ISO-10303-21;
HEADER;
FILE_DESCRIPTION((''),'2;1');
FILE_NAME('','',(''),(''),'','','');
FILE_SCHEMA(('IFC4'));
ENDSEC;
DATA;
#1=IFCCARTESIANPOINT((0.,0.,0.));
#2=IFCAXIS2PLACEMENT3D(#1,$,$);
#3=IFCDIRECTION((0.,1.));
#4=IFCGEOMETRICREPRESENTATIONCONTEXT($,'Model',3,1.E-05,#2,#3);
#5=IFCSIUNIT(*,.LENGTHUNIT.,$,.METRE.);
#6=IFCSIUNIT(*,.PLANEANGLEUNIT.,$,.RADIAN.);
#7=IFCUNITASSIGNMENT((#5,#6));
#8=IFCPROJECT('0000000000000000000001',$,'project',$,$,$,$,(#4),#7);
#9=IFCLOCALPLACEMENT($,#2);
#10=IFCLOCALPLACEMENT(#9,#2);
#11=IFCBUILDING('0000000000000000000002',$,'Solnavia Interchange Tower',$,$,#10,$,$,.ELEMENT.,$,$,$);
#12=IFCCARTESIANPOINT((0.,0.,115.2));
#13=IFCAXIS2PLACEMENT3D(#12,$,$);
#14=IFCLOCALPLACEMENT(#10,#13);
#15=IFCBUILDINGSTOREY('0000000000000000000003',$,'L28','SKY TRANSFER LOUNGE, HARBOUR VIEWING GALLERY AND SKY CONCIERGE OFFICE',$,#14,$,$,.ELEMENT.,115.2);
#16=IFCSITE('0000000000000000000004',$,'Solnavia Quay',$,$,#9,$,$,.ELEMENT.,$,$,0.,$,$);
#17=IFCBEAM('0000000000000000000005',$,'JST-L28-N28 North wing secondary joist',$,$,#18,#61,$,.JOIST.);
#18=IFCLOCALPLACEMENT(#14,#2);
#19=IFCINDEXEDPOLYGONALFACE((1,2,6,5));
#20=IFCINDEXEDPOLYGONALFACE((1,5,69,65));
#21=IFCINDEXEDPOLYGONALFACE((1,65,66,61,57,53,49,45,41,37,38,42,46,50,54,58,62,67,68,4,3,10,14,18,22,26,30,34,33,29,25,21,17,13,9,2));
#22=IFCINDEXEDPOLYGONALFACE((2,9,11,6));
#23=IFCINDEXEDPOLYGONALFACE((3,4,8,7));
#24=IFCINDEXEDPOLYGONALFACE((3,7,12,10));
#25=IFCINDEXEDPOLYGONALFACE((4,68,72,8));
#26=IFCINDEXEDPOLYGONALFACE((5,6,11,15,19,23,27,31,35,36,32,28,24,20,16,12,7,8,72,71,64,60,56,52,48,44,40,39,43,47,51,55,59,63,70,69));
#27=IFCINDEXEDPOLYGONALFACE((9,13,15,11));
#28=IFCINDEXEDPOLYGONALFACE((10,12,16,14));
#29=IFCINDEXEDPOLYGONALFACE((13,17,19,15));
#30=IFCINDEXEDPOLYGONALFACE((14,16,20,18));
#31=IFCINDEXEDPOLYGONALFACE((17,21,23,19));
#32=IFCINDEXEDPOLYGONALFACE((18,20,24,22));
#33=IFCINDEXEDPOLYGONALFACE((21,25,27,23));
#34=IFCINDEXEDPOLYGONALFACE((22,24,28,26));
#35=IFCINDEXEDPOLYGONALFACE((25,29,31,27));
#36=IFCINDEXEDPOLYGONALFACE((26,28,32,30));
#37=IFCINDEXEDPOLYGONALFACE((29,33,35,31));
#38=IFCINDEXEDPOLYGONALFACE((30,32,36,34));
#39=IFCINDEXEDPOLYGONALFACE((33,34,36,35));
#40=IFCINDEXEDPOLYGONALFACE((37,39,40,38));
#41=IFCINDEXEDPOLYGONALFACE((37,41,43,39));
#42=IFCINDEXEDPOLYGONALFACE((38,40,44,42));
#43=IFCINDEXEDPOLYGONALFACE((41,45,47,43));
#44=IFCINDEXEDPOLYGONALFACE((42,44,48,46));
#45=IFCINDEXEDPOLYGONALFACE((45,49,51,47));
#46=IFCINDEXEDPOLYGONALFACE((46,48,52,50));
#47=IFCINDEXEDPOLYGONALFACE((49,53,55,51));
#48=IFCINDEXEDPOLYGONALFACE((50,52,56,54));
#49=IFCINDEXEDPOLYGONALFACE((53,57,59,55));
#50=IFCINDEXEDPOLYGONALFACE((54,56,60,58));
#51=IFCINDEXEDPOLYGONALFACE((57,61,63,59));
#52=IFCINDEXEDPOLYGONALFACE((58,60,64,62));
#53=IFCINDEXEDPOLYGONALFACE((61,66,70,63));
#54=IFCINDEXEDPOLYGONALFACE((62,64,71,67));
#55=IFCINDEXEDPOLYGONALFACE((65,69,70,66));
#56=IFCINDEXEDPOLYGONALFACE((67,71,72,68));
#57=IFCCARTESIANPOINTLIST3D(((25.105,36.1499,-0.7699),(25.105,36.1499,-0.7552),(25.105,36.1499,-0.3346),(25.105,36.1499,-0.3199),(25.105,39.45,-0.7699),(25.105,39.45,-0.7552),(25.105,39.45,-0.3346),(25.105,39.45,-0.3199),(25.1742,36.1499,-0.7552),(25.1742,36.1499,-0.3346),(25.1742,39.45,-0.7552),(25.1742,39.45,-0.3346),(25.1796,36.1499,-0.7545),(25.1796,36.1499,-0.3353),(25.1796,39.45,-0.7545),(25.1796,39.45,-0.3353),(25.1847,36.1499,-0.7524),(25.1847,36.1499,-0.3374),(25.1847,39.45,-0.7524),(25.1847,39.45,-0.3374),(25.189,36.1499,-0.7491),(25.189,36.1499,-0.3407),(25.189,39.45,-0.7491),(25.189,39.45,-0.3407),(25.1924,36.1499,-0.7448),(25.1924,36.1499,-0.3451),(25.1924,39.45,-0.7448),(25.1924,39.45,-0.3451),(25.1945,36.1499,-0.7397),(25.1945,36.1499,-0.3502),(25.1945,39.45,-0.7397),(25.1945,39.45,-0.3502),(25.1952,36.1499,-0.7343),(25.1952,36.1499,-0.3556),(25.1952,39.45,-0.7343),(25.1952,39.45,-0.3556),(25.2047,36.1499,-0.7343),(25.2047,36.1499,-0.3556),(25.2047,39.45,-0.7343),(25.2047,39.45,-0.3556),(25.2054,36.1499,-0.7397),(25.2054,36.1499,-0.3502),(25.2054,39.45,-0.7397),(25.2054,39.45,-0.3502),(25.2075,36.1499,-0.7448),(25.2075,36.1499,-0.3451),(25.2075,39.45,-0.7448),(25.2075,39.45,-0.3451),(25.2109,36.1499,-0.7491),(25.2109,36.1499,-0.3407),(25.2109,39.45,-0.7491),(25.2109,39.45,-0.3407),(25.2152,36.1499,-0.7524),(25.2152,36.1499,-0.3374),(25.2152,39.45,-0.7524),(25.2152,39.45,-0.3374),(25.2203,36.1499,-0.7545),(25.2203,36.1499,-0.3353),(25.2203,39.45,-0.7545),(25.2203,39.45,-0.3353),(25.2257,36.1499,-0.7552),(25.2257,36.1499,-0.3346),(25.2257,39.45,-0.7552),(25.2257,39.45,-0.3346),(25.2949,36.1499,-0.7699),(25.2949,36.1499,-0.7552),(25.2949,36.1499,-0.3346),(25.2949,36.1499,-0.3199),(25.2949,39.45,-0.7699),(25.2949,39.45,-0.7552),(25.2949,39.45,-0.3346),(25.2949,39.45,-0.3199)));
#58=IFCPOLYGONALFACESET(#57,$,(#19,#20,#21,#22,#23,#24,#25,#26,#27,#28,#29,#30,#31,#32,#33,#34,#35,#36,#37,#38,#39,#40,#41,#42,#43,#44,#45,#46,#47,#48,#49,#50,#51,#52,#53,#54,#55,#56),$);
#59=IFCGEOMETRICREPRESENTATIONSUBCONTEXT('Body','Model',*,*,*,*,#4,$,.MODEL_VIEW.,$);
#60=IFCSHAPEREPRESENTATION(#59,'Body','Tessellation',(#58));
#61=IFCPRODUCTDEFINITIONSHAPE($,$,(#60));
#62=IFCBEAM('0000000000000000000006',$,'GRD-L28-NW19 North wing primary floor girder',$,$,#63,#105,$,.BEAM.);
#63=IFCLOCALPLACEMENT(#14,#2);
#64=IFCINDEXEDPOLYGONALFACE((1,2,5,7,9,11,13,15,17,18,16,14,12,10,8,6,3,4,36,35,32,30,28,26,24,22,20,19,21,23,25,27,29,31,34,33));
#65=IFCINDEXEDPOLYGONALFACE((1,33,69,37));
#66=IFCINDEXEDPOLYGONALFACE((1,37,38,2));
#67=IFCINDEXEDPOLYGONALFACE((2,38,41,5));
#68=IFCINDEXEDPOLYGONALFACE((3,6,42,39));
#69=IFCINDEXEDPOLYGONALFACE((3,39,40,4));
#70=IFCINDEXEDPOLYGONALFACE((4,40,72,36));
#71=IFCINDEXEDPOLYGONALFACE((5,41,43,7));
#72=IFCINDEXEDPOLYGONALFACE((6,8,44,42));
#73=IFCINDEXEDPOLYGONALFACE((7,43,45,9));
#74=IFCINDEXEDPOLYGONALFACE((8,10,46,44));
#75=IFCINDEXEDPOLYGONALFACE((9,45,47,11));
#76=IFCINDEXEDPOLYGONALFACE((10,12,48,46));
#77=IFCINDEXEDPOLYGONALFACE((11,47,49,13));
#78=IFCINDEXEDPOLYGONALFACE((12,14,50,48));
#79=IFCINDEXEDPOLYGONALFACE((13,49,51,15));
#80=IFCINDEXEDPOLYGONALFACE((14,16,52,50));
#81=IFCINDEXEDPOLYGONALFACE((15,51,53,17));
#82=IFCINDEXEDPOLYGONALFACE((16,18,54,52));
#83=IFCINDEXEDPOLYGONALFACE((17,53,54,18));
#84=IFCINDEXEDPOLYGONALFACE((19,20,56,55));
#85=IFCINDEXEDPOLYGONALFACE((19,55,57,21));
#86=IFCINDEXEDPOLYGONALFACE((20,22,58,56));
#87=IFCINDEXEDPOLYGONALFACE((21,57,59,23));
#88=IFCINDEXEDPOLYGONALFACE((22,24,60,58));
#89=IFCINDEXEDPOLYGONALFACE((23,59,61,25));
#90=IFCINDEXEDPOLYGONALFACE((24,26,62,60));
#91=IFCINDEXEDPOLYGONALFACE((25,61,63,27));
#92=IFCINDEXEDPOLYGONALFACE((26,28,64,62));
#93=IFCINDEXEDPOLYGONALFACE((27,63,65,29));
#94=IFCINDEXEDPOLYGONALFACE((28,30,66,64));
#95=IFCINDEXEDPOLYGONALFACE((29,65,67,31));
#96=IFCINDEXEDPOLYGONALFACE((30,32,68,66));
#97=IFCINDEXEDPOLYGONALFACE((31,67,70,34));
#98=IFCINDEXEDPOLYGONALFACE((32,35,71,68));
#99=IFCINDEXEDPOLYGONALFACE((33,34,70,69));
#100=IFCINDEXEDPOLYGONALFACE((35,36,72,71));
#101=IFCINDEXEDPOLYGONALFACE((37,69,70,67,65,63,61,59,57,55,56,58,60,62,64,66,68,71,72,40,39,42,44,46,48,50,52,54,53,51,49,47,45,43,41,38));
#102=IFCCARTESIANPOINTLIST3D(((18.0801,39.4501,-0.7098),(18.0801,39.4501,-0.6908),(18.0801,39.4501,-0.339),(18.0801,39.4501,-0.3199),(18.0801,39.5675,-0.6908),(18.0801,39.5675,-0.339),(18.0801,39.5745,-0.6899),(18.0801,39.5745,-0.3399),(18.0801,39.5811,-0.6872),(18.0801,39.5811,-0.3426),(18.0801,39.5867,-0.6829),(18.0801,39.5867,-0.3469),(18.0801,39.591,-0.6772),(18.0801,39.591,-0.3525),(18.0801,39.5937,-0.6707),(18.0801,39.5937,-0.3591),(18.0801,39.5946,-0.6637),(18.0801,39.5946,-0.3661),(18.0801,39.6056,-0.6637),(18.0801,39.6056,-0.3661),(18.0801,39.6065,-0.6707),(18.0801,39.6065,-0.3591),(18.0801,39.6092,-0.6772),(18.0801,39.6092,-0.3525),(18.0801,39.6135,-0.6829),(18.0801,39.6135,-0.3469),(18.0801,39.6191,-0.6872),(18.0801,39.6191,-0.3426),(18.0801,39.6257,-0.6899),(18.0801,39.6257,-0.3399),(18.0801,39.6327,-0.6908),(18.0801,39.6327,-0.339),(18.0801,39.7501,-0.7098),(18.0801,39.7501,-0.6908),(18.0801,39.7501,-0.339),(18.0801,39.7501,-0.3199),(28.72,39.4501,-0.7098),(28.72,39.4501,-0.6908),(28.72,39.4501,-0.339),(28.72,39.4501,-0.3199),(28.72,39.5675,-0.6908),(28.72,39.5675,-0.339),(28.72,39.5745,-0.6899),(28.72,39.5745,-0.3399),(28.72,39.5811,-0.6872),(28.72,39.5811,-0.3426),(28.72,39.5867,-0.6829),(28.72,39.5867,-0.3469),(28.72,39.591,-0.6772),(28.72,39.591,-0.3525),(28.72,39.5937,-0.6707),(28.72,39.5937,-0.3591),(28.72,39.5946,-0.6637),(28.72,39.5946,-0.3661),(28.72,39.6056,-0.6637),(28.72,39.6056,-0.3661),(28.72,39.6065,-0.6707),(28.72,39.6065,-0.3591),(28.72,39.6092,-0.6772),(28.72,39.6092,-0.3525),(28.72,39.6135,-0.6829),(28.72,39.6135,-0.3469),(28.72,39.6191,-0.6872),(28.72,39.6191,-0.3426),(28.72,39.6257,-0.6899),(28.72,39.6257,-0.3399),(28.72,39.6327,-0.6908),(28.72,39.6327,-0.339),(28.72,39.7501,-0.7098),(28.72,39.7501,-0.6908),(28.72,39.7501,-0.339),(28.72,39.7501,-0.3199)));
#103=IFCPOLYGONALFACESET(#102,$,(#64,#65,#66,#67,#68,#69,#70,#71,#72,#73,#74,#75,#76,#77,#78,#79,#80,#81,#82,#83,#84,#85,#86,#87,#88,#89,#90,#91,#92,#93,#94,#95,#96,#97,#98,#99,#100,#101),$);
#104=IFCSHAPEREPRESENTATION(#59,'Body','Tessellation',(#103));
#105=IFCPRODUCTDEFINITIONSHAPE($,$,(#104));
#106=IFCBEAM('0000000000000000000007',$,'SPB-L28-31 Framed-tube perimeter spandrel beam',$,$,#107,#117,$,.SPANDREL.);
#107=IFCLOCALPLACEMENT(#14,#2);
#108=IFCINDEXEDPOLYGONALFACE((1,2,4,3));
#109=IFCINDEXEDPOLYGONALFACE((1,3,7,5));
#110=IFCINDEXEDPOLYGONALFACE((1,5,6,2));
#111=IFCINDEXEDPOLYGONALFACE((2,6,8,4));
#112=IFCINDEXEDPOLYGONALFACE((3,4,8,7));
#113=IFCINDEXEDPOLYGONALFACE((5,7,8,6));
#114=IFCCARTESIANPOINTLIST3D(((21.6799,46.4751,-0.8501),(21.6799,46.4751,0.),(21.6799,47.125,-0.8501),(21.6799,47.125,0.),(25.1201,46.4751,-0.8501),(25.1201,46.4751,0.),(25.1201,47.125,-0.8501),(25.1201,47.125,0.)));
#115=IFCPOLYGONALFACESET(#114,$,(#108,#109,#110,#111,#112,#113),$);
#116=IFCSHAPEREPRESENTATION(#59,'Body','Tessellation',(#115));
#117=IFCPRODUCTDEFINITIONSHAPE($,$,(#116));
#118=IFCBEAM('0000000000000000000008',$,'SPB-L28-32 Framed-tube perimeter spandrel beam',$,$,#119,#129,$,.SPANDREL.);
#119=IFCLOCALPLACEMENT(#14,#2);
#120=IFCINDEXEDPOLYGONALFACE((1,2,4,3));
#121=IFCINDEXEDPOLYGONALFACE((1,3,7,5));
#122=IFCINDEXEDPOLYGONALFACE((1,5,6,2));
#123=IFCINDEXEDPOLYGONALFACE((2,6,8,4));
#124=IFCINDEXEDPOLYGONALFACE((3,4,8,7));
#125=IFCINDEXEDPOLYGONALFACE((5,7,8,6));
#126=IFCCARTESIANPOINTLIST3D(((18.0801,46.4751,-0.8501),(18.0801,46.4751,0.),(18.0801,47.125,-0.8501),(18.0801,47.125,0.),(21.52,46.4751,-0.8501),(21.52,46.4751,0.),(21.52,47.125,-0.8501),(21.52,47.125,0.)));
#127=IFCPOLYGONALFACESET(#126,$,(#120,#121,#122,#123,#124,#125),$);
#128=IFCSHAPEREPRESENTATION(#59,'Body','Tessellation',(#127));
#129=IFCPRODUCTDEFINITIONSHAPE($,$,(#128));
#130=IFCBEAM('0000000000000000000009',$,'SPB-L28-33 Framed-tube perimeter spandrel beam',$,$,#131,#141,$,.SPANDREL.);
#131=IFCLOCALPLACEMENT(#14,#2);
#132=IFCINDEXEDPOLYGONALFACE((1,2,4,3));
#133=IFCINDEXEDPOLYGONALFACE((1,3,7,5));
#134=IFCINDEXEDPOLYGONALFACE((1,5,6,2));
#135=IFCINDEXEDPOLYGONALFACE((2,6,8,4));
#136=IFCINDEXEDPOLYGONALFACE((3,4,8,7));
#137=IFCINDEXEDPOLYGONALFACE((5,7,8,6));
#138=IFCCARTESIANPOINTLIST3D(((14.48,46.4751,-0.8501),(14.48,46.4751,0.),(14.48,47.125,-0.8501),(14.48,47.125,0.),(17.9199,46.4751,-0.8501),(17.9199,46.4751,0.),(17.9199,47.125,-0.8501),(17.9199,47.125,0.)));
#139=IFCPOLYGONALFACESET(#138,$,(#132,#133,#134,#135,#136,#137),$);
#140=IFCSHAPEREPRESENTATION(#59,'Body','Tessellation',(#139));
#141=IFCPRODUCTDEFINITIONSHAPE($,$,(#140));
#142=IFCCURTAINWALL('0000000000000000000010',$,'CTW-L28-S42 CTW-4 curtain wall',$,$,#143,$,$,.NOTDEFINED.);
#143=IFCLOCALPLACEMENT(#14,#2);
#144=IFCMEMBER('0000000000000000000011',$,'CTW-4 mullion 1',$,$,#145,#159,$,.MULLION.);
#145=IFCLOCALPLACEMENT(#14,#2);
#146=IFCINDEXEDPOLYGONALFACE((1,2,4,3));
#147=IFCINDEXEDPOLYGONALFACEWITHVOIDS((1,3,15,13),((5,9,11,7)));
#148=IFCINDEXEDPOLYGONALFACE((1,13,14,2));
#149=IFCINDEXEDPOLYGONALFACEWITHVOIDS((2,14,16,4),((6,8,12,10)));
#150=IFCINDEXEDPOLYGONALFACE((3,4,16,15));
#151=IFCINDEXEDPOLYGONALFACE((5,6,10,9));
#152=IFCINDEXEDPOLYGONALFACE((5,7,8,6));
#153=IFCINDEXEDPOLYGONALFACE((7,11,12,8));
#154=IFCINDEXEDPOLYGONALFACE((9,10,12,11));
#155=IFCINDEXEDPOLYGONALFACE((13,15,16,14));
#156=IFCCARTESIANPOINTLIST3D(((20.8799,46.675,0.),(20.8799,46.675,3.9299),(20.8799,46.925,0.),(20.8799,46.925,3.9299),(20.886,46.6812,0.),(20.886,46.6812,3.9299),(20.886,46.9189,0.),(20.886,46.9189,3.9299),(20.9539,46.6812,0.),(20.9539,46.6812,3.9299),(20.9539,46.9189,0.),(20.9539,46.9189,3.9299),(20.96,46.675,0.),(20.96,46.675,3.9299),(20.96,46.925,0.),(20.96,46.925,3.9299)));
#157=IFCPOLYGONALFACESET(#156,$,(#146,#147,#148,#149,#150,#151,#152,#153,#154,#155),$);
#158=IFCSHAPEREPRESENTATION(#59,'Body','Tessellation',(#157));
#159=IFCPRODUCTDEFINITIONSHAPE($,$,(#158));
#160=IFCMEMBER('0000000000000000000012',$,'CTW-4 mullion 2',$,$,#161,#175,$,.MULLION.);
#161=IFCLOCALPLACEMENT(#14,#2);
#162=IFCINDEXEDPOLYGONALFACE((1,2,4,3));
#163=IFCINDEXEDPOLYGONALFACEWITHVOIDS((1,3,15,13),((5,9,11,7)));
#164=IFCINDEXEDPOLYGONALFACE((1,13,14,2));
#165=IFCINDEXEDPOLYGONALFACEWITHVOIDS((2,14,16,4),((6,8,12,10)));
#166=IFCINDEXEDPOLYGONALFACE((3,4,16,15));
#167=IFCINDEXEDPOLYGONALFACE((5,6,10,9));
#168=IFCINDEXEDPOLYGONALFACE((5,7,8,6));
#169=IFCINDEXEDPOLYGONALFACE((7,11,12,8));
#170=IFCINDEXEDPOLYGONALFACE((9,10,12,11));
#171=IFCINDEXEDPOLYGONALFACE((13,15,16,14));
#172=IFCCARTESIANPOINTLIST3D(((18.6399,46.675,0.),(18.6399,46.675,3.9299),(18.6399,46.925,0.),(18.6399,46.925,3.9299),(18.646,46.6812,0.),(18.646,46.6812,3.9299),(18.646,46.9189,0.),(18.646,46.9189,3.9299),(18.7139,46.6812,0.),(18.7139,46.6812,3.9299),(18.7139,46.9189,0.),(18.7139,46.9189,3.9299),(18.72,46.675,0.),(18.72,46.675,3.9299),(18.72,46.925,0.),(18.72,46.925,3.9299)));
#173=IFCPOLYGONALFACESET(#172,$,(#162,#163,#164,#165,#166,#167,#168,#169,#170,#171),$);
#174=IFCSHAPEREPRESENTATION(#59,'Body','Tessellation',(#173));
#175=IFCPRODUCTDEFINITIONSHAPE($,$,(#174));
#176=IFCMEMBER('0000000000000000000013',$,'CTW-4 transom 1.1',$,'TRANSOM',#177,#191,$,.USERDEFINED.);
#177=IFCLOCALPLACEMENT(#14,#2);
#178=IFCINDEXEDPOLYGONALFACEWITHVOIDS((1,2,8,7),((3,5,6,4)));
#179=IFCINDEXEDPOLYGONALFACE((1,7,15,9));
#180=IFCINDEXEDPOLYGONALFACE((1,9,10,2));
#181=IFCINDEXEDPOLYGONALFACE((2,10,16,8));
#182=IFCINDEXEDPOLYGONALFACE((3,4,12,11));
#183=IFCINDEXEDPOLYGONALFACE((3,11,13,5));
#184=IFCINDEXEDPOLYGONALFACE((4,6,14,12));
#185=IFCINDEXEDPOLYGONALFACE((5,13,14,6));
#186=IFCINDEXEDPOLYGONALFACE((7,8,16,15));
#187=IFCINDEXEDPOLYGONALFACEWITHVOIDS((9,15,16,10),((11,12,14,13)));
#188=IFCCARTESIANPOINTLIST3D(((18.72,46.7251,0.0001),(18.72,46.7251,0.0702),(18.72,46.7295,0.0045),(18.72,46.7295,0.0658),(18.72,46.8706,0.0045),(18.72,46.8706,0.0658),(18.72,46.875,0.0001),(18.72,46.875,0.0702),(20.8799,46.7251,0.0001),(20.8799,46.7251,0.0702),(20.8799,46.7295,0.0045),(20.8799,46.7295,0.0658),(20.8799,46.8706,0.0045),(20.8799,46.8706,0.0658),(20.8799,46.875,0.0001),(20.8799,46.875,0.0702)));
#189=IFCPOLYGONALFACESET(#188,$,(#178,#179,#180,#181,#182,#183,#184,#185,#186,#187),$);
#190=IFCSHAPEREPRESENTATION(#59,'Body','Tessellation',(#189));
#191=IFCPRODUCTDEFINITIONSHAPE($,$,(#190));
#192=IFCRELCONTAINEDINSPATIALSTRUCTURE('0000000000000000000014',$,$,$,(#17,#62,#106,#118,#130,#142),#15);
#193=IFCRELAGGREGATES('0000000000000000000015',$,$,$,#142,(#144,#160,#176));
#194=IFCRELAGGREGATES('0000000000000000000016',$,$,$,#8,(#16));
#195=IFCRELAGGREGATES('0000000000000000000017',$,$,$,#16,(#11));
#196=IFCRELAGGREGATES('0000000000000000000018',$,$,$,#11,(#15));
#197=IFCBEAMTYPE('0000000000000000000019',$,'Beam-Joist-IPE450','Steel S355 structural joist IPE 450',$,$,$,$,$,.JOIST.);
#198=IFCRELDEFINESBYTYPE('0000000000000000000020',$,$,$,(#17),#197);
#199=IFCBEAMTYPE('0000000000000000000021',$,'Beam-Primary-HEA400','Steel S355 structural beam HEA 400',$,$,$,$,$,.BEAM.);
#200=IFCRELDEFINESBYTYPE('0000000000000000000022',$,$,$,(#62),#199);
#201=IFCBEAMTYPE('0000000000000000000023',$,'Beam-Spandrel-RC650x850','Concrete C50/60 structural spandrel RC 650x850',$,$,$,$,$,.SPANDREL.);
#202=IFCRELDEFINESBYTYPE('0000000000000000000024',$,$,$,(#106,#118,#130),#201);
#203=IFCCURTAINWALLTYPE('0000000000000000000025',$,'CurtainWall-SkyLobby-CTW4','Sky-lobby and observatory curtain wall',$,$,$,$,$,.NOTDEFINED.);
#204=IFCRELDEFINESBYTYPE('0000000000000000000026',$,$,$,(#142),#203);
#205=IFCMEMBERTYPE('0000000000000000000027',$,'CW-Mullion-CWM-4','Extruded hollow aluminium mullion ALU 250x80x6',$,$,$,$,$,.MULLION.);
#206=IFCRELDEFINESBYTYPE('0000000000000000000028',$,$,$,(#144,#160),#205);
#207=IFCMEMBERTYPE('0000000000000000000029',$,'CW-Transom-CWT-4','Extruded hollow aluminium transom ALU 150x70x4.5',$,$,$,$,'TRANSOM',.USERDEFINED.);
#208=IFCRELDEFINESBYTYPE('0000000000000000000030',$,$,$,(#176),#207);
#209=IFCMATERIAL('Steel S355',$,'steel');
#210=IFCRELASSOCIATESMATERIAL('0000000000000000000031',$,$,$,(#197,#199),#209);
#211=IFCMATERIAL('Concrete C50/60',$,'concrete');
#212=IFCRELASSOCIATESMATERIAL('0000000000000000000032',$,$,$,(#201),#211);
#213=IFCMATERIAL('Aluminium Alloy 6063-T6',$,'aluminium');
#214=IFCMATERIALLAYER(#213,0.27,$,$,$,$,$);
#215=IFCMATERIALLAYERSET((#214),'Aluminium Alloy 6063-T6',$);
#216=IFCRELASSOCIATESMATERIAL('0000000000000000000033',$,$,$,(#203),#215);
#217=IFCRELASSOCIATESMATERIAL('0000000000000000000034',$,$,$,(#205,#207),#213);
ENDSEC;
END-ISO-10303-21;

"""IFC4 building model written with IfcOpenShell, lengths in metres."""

from ifc_helpers import new_model, si_unit, direction, frame, origin, origin_2d, place, context, subcontext, project, spatial, rectangle, hollow_rectangle, i_section, extrude, material, layer, layer_set, material_profile, profile_set, type_object, element, aggregate, save


model = new_model("IFC4")

# Units and contexts
model_context = context("Model", 3, precision=1e-05, world=origin(), true_north=direction((0.0, 1.0)))
body_context = subcontext(model_context, "Body", "Model", "MODEL_VIEW")
ifc_project = project(units=[si_unit("LENGTHUNIT", "METRE"), si_unit("PLANEANGLEUNIT", "RADIAN")], contexts=[model_context])

# Site, building, storey
site_placement = place(None, origin())
site = spatial("IfcSite", under=ifc_project, at=site_placement, Name="Solnavia Quay", CompositionType="ELEMENT", RefElevation=0.0)
building_placement = place(site_placement, origin())
building = spatial("IfcBuilding", under=site, at=building_placement, Name="Solnavia Interchange Tower", CompositionType="ELEMENT")
storey_placement = place(building_placement, frame((0.0, 0.0, 115.2)))
storey = spatial("IfcBuildingStorey", under=building, at=storey_placement, Name="L28", Description="SKY TRANSFER LOUNGE, HARBOUR VIEWING GALLERY AND SKY CONCIERGE OFFICE", CompositionType="ELEMENT", Elevation=115.2)

# Shared definitions
ifc_material_1 = material(Name="Concrete C50/60", Category="concrete")
ifc_material_2 = material(Name="Steel S355", Category="steel")

# Beams
ifc_material_profile_1 = material_profile(ifc_material_2, i_section(OverallWidth=0.1899, OverallDepth=0.45, WebThickness=0.0095, FlangeThickness=0.0146, FilletRadius=0.021, at=origin_2d()), Name="IPE 450")
ifc_profile_set_1 = profile_set([ifc_material_profile_1], Name="Steel S355")
beam_type_1 = type_object("IfcBeamType", Name="Beam-Joist-IPE450", Description="Steel S355 structural joist IPE 450", PredefinedType="JOIST", material=ifc_profile_set_1)
for number, where, z_axis, x_axis, name in (
    (1, (25.2, 36.1499, -0.5449), (0.0, 1.0, 0.0), (-1.0, 0.0, 0.0), "JST-L28-N28 North wing secondary joist"),
):
    element("IfcBeam", number, at=place(storey_placement, frame(where, z_axis=z_axis, x_axis=x_axis)), inside=storey, type_object=beam_type_1, Name=name, PredefinedType="JOIST", context=body_context, shape_type="SweptSolid", body=[
        extrude(i_section(OverallWidth=0.1899, OverallDepth=0.45, WebThickness=0.0095, FlangeThickness=0.0146, FilletRadius=0.021, at=origin_2d()), origin(), (0.0, 0.0, 1.0), 3.3),
    ])
ifc_material_profile_2 = material_profile(ifc_material_2, i_section(OverallWidth=0.3, OverallDepth=0.3899, WebThickness=0.011, FlangeThickness=0.019, FilletRadius=0.0271, at=origin_2d()), Name="HEA 400")
ifc_profile_set_2 = profile_set([ifc_material_profile_2], Name="Steel S355")
beam_type_2 = type_object("IfcBeamType", Name="Beam-Primary-HEA400", Description="Steel S355 structural beam HEA 400", PredefinedType="BEAM", material=ifc_profile_set_2)
beam_1_placement = place(storey_placement, frame((18.0801, 39.6001, -0.5149), z_axis=(1.0, 0.0, 0.0), x_axis=(0.0, 1.0, 0.0)))
element("IfcBeam", 2, at=beam_1_placement, inside=storey, type_object=beam_type_2, Name="GRD-L28-NW19 North wing primary floor girder", PredefinedType="BEAM", context=body_context, shape_type="SweptSolid", body=[
    extrude(i_section(OverallWidth=0.3, OverallDepth=0.3899, WebThickness=0.011, FlangeThickness=0.019, FilletRadius=0.0271, at=origin_2d()), origin(), (0.0, 0.0, 1.0), 10.6399),
])
ifc_material_profile_3 = material_profile(ifc_material_1, rectangle(XDim=0.6499, YDim=0.8501, at=origin_2d()), Name="RC 650x850")
ifc_profile_set_3 = profile_set([ifc_material_profile_3], Name="Concrete C50/60")
beam_type_3 = type_object("IfcBeamType", Name="Beam-Spandrel-RC650x850", Description="Concrete C50/60 structural spandrel RC 650x850", PredefinedType="SPANDREL", material=ifc_profile_set_3)
beam_2_placement = place(storey_placement, frame((25.1201, 46.8, -0.425), z_axis=(-1.0, 0.0, 0.0), x_axis=(0.0, -1.0, 0.0)))
element("IfcBeam", 3, at=beam_2_placement, inside=storey, type_object=beam_type_3, Name="SPB-L28-31 Framed-tube perimeter spandrel beam", PredefinedType="SPANDREL", context=body_context, shape_type="SweptSolid", body=[
    extrude(rectangle(XDim=0.6499, YDim=0.8501, at=origin_2d()), origin(), (0.0, 0.0, 1.0), 3.4402),
])
for number, where, z_axis, x_axis, name in (
    (4, (21.52, 46.8, -0.425), (-1.0, 0.0, 0.0), (0.0, -1.0, 0.0), "SPB-L28-32 Framed-tube perimeter spandrel beam"),
    (5, (17.9199, 46.8, -0.425), (-1.0, 0.0, 0.0), (0.0, -1.0, 0.0), "SPB-L28-33 Framed-tube perimeter spandrel beam"),
):
    element("IfcBeam", number, at=place(storey_placement, frame(where, z_axis=z_axis, x_axis=x_axis)), inside=storey, type_object=beam_type_3, Name=name, PredefinedType="SPANDREL", context=body_context, shape_type="SweptSolid", body=[
        extrude(rectangle(XDim=0.6499, YDim=0.8501, at=origin_2d()), origin(), (0.0, 0.0, 1.0), 3.4399),
    ])

# Curtain wall, members
ifc_material_3 = material(Name="Aluminium Alloy 6063-T6", Category="aluminium")
ifc_layer_1 = layer(ifc_material_3, 0.27)
ifc_layer_set_1 = layer_set([ifc_layer_1], Name="Aluminium Alloy 6063-T6")
curtain_wall_type = type_object("IfcCurtainWallType", Name="CurtainWall-SkyLobby-CTW4", Description="Sky-lobby and observatory curtain wall", PredefinedType="NOTDEFINED", material=ifc_layer_set_1)
curtain_wall_placement = place(storey_placement, origin())
curtain_wall = element("IfcCurtainWall", 6, at=curtain_wall_placement, inside=storey, type_object=curtain_wall_type, Name="CTW-L28-S42 CTW-4 curtain wall", PredefinedType="NOTDEFINED")
ifc_material_profile_4 = material_profile(ifc_material_3, hollow_rectangle(XDim=0.0801, YDim=0.25, WallThickness=0.0061, at=origin_2d()), Name="ALU 250x80x6")
ifc_profile_set_4 = profile_set([ifc_material_profile_4], Name="Aluminium Alloy 6063-T6")
member_type_1 = type_object("IfcMemberType", Name="CW-Mullion-CWM-4", Description="Extruded hollow aluminium mullion ALU 250x80x6", PredefinedType="MULLION", material=ifc_profile_set_4)
member_1_placement = place(storey_placement, frame((20.9199, 46.8, 0.0), z_axis=(0.0, 0.0, 1.0), x_axis=(-1.0, 0.0, 0.0)))
member_1 = element("IfcMember", 7, at=member_1_placement, type_object=member_type_1, Name="CTW-4 mullion 1", PredefinedType="MULLION", context=body_context, shape_type="SweptSolid", body=[
    extrude(hollow_rectangle(XDim=0.0801, YDim=0.25, WallThickness=0.0061, at=origin_2d()), origin(), (0.0, 0.0, 1.0), 3.9299),
])
member_2_placement = place(storey_placement, frame((18.6799, 46.8, 0.0), z_axis=(0.0, 0.0, 1.0), x_axis=(-1.0, 0.0, 0.0)))
member_2 = element("IfcMember", 8, at=member_2_placement, type_object=member_type_1, Name="CTW-4 mullion 2", PredefinedType="MULLION", context=body_context, shape_type="SweptSolid", body=[
    extrude(hollow_rectangle(XDim=0.0801, YDim=0.25, WallThickness=0.0061, at=origin_2d()), origin(), (0.0, 0.0, 1.0), 3.9299),
])
ifc_material_profile_5 = material_profile(ifc_material_3, hollow_rectangle(XDim=0.0701, YDim=0.1499, WallThickness=0.0044, at=origin_2d()), Name="ALU 150x70x4.5")
ifc_profile_set_5 = profile_set([ifc_material_profile_5], Name="Aluminium Alloy 6063-T6")
member_type_2 = type_object("IfcMemberType", Name="CW-Transom-CWT-4", Description="Extruded hollow aluminium transom ALU 150x70x4.5", ElementType="TRANSOM", PredefinedType="USERDEFINED", material=ifc_profile_set_5)
member_3_placement = place(storey_placement, frame((20.8799, 46.8, 0.0352), z_axis=(-1.0, 0.0, 0.0), x_axis=(0.0, 0.0, 1.0)))
member_3 = element("IfcMember", 9, at=member_3_placement, type_object=member_type_2, Name="CTW-4 transom 1.1", ObjectType="TRANSOM", PredefinedType="USERDEFINED", context=body_context, shape_type="SweptSolid", body=[
    extrude(hollow_rectangle(XDim=0.0701, YDim=0.1499, WallThickness=0.0044, at=origin_2d()), origin(), (0.0, 0.0, 1.0), 2.1599),
])
aggregate(curtain_wall, [member_1, member_2, member_3])

save(model, "model.ifc")
